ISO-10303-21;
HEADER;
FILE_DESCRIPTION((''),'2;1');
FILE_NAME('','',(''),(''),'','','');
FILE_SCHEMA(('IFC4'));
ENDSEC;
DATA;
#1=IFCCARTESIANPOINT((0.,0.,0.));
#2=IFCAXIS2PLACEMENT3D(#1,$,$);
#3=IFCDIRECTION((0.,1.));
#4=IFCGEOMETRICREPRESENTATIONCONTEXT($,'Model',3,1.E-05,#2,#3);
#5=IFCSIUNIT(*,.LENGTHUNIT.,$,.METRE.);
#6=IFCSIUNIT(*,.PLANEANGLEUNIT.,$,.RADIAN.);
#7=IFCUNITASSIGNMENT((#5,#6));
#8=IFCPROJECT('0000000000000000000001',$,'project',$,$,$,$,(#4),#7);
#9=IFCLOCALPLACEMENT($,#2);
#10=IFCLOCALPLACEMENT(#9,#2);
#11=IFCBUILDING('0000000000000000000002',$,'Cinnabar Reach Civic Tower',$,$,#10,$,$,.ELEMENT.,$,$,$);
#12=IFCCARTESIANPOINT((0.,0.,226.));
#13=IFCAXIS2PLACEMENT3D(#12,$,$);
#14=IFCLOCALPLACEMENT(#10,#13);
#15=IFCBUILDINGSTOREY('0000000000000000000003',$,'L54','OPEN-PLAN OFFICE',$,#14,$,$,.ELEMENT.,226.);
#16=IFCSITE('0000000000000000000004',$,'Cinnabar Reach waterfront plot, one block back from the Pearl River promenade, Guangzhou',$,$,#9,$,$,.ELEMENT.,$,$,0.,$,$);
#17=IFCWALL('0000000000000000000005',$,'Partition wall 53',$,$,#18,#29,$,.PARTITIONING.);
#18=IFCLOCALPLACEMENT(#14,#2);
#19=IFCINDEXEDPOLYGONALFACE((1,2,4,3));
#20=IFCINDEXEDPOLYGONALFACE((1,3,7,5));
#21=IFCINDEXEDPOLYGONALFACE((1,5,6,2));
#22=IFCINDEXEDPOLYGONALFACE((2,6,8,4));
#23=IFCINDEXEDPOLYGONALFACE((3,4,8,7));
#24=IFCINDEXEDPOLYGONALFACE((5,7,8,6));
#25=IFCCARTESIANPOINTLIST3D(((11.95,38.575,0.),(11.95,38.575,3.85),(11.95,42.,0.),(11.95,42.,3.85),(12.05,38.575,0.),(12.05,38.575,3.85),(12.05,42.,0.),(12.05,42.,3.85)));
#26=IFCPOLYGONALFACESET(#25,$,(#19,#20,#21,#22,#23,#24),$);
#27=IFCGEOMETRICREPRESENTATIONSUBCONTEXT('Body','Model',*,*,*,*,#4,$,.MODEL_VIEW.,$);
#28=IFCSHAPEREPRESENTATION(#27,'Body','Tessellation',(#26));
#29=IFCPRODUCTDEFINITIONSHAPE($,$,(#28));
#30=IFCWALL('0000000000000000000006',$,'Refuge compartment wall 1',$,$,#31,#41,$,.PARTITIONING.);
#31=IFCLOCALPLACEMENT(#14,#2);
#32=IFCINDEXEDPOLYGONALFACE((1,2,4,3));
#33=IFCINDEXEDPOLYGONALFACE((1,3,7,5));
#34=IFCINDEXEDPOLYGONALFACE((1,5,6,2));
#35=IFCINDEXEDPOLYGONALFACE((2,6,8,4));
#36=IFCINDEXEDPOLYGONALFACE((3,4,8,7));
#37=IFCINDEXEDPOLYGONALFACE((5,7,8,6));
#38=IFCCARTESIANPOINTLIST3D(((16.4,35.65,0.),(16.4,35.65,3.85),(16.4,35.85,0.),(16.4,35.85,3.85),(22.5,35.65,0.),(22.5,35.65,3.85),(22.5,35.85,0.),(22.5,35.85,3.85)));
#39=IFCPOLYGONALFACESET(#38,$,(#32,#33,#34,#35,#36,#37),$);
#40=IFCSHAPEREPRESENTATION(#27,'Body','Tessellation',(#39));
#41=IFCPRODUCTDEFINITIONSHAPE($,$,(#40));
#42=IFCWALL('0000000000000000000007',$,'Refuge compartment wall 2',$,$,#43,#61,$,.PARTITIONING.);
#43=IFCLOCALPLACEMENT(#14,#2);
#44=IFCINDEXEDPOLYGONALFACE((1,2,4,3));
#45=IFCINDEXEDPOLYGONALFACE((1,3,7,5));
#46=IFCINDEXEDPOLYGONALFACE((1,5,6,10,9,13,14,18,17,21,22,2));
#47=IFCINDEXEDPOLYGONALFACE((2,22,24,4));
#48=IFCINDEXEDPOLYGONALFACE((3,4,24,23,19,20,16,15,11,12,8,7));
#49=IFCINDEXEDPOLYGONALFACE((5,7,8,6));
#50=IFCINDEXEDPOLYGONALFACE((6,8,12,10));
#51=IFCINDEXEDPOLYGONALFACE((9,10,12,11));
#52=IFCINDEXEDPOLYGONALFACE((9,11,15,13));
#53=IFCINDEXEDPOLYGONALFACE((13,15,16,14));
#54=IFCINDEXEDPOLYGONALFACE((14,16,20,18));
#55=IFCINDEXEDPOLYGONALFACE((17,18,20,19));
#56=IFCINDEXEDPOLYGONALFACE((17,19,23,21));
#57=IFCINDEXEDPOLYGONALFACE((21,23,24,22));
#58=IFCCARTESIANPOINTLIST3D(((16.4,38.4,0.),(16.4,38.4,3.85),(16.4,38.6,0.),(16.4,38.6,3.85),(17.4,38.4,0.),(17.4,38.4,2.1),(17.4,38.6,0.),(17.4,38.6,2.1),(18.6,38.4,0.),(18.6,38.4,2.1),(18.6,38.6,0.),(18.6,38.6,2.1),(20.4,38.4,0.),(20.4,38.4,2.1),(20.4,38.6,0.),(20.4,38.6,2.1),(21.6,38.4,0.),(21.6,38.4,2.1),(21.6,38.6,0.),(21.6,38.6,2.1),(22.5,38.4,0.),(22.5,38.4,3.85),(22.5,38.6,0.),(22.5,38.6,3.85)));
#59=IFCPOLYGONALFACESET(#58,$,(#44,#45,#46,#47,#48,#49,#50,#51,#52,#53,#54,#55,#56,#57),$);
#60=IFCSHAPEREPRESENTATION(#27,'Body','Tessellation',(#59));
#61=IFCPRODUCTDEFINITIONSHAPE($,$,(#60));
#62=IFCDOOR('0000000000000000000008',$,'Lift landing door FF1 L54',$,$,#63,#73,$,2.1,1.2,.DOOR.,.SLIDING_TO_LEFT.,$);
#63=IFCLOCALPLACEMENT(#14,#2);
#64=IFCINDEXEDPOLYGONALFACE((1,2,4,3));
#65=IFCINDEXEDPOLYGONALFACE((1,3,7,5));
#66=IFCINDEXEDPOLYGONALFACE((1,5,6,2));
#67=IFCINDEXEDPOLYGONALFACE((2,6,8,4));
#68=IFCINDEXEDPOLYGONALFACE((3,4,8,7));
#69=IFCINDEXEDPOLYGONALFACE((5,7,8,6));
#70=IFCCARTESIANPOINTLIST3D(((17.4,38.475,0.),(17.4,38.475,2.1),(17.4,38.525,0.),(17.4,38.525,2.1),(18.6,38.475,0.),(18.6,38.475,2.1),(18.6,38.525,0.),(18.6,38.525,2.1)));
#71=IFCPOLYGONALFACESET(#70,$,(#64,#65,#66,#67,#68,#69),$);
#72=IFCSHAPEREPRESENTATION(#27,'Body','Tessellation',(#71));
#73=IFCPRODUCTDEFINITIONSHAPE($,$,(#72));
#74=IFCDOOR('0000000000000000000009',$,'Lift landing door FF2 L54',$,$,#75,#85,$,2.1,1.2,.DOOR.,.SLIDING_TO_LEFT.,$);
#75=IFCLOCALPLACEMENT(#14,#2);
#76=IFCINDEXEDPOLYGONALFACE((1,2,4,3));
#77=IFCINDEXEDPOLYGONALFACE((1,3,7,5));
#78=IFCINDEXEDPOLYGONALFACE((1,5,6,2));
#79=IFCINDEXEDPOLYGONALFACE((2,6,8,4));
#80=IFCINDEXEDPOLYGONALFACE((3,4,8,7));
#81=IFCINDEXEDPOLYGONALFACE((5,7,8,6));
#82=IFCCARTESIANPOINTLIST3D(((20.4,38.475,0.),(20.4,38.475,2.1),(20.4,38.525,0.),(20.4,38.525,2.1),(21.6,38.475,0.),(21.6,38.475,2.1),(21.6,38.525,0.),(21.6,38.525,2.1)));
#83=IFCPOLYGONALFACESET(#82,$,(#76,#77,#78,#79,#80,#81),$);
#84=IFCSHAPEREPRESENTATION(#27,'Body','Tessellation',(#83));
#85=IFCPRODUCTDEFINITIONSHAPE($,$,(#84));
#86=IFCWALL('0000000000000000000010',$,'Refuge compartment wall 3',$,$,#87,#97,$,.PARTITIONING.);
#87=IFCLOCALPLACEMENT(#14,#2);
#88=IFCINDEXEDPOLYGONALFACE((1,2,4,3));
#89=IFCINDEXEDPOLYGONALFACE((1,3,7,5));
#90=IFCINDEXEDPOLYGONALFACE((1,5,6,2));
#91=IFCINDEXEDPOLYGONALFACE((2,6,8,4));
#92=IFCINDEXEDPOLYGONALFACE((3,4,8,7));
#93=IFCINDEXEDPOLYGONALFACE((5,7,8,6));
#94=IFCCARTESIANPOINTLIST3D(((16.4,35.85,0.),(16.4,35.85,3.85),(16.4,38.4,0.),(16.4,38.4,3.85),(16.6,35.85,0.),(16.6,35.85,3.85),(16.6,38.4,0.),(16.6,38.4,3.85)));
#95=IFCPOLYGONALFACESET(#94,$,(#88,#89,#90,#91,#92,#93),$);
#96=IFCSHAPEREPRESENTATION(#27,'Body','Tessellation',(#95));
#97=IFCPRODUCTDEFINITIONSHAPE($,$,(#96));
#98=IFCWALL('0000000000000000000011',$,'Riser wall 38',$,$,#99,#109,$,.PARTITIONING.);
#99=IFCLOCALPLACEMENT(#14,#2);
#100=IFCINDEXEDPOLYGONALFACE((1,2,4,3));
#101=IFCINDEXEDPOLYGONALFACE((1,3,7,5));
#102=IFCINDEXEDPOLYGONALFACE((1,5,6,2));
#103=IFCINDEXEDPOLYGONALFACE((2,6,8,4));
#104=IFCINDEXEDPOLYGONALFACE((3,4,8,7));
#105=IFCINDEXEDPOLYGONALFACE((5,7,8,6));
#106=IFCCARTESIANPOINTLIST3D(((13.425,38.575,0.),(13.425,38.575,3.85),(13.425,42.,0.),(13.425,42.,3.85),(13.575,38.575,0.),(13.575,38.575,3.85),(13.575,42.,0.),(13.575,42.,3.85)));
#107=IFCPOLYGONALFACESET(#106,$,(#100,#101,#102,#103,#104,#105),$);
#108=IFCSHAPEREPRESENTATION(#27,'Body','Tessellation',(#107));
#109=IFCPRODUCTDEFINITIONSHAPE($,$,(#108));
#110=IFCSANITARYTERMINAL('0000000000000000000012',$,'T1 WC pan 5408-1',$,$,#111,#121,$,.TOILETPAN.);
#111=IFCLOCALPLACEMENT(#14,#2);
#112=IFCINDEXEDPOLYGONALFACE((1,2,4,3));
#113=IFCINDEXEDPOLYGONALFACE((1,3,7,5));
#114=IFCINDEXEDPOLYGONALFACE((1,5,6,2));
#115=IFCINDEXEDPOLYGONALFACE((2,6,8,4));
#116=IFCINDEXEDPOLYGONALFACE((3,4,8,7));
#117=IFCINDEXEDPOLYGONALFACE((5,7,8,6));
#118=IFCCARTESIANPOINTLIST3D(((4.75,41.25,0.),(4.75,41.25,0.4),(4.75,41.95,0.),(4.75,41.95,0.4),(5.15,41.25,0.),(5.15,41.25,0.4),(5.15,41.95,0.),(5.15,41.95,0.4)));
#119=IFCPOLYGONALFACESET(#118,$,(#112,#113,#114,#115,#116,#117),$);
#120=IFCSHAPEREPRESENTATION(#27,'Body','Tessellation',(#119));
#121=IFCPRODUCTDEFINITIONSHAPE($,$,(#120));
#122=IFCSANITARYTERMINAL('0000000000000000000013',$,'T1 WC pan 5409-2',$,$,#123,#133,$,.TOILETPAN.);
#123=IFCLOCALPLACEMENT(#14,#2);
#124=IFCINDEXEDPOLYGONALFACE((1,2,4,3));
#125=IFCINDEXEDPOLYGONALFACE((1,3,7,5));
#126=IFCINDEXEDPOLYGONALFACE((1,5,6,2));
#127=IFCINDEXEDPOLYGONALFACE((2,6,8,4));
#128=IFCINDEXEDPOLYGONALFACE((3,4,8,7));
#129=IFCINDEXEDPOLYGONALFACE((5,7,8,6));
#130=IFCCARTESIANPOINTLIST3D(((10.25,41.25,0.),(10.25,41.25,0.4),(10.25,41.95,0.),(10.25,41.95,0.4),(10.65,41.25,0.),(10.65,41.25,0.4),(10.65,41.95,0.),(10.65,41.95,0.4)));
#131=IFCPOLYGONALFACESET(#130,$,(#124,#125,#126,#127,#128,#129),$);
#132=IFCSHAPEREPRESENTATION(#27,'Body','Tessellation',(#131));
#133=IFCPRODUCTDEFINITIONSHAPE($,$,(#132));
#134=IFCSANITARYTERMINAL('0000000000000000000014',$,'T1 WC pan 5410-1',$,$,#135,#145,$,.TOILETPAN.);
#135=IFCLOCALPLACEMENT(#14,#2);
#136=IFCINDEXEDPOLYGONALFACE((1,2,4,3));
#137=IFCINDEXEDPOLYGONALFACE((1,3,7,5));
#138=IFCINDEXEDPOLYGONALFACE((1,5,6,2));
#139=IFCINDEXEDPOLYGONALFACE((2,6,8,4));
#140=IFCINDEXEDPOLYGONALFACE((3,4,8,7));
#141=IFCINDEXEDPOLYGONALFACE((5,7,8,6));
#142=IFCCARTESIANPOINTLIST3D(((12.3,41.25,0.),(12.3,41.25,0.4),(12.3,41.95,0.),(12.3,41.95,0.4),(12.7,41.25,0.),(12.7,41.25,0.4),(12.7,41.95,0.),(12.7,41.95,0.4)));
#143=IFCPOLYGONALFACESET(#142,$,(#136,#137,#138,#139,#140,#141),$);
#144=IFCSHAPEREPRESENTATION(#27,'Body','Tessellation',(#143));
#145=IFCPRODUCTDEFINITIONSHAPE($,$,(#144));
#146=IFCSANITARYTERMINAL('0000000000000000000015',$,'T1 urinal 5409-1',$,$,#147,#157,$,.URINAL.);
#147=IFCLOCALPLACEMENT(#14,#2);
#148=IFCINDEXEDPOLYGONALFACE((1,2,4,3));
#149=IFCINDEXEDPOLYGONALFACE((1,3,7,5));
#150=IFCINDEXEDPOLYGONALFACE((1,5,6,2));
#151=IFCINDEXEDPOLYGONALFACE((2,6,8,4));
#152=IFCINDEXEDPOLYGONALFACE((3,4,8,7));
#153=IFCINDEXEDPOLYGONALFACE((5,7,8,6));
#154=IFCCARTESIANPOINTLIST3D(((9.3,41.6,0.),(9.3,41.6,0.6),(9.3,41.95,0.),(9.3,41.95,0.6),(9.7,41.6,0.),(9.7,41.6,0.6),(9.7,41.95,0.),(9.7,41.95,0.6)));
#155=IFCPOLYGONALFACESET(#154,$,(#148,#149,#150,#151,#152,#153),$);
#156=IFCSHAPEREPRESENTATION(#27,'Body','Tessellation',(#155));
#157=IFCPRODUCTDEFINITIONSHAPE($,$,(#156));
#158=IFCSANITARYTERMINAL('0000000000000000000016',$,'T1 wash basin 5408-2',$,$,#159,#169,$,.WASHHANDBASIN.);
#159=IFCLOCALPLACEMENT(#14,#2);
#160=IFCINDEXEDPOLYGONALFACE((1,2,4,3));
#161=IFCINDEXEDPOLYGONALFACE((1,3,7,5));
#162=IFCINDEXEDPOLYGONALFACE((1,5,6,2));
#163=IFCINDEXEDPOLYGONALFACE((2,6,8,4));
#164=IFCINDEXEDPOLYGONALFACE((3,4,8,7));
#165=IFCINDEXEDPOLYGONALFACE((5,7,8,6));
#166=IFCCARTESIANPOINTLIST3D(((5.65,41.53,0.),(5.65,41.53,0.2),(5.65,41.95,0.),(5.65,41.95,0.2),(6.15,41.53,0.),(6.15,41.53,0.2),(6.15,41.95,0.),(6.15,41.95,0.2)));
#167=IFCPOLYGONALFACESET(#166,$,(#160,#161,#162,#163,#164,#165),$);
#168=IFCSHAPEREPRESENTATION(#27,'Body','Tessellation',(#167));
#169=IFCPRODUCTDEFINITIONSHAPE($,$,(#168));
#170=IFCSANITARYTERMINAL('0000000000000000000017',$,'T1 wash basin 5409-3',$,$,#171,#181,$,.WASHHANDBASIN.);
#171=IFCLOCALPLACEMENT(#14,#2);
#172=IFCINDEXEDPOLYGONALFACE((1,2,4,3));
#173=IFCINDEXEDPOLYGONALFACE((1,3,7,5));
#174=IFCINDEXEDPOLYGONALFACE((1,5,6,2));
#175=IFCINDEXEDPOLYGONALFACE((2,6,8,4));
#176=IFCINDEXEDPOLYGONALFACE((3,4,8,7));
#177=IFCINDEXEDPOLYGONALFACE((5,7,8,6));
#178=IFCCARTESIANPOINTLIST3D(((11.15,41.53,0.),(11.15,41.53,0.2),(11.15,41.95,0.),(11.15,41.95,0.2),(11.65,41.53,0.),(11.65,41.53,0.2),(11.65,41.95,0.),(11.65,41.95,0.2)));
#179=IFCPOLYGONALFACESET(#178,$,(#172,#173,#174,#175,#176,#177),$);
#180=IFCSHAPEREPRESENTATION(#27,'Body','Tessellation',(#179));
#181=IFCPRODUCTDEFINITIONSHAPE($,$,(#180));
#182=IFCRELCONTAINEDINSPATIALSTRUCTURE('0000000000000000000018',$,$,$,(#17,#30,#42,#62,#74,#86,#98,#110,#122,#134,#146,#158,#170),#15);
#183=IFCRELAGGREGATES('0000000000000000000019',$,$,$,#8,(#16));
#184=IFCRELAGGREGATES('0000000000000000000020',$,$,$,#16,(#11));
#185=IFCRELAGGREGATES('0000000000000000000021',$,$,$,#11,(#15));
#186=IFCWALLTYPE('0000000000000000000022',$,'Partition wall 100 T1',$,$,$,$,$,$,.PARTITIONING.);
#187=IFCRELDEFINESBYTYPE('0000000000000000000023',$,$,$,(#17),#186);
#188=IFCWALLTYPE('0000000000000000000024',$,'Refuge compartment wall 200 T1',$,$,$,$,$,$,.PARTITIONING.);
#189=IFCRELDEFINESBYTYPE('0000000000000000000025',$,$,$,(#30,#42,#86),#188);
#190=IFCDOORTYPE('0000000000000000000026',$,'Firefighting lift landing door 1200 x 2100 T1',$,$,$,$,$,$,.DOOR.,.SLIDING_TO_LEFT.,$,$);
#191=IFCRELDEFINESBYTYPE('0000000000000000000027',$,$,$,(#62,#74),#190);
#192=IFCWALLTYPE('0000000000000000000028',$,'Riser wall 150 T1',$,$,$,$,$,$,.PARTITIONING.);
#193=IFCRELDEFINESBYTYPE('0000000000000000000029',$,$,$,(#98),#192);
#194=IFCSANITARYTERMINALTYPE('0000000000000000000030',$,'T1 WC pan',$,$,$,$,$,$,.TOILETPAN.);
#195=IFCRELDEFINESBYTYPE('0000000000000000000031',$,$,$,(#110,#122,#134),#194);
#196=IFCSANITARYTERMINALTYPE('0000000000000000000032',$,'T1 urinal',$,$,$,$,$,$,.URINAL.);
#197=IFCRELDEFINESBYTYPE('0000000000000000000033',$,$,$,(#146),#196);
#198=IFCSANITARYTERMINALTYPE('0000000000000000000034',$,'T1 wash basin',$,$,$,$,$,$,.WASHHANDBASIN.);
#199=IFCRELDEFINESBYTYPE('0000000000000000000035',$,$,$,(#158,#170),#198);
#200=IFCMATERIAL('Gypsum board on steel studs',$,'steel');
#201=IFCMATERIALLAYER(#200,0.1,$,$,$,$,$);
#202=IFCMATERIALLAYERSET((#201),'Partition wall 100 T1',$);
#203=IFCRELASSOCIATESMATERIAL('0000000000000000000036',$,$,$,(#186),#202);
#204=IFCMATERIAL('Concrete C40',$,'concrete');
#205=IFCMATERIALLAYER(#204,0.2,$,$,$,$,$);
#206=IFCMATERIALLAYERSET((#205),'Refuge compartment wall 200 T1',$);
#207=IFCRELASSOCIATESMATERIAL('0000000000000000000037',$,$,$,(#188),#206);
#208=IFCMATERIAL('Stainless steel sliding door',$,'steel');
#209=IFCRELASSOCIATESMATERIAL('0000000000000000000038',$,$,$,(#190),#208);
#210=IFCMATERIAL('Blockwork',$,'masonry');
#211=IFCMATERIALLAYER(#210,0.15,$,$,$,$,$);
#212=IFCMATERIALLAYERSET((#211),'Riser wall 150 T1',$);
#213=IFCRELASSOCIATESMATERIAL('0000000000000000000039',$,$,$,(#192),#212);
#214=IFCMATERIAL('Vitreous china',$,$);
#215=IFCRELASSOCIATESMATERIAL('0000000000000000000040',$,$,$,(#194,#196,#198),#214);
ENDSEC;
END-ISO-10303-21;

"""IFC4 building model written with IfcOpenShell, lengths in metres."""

from ifc_helpers import new_model, si_unit, direction, frame, frame_2d, origin, origin_2d, place, context, subcontext, project, spatial, rectangle, extrude, material, layer, layer_set, type_object, element, fill, save


model = new_model("IFC4")

# Units and contexts
model_context = context("Model", 3, precision=1e-05, world=origin(), true_north=direction((0.0, 1.0)))
body_context = subcontext(model_context, "Body", "Model", "MODEL_VIEW")
ifc_project = project(units=[si_unit("LENGTHUNIT", "METRE"), si_unit("PLANEANGLEUNIT", "RADIAN")], contexts=[model_context])

# Site, building, storey
site_placement = place(None, origin())
site = spatial("IfcSite", under=ifc_project, at=site_placement, Name="Cinnabar Reach waterfront plot, one block back from the Pearl River promenade, Guangzhou", CompositionType="ELEMENT", RefElevation=0.0)
building_placement = place(site_placement, origin())
building = spatial("IfcBuilding", under=site, at=building_placement, Name="Cinnabar Reach Civic Tower", CompositionType="ELEMENT")
storey_placement = place(building_placement, frame((0.0, 0.0, 226.0)))
storey = spatial("IfcBuildingStorey", under=building, at=storey_placement, Name="L54", Description="OPEN-PLAN OFFICE", CompositionType="ELEMENT", Elevation=226.0)

# Shared definitions
ifc_material_1 = material(Name="Blockwork", Category="masonry")
ifc_material_2 = material(Name="Stainless steel sliding door", Category="steel")

# Walls
ifc_material_3 = material(Name="Gypsum board on steel studs", Category="steel")
ifc_layer_1 = layer(ifc_material_3, 0.1)
ifc_layer_set_1 = layer_set([ifc_layer_1], Name="Partition wall 100 T1")
wall_type_1 = type_object("IfcWallType", Name="Partition wall 100 T1", PredefinedType="PARTITIONING", material=ifc_layer_set_1)
for number, where, z_axis, x_axis, name in (
    (1, (12.0, 38.575, 0.0), (0.0, 0.0, 1.0), (0.0, 1.0, 0.0), "Partition wall 53"),
):
    element("IfcWall", number, at=place(storey_placement, frame(where, z_axis=z_axis, x_axis=x_axis)), inside=storey, type_object=wall_type_1, Name=name, PredefinedType="PARTITIONING", context=body_context, shape_type="SweptSolid", body=[
        extrude(rectangle(XDim=3.425, YDim=0.1, at=frame_2d((1.7125, 0.0))), origin(), (0.0, 0.0, 1.0), 3.85),
    ])
ifc_material_4 = material(Name="Concrete C40", Category="concrete")
ifc_layer_2 = layer(ifc_material_4, 0.2)
ifc_layer_set_2 = layer_set([ifc_layer_2], Name="Refuge compartment wall 200 T1")
wall_type_2 = type_object("IfcWallType", Name="Refuge compartment wall 200 T1", PredefinedType="PARTITIONING", material=ifc_layer_set_2)
wall_1_placement = place(storey_placement, frame((16.4, 35.75, 0.0), z_axis=(0.0, 0.0, 1.0), x_axis=(1.0, 0.0, 0.0)))
element("IfcWall", 2, at=wall_1_placement, inside=storey, type_object=wall_type_2, Name="Refuge compartment wall 1", PredefinedType="PARTITIONING", context=body_context, shape_type="SweptSolid", body=[
    extrude(rectangle(XDim=6.1, YDim=0.2, at=frame_2d((3.05, 0.0))), origin(), (0.0, 0.0, 1.0), 3.85),
])

# Wall, openings, doors
wall_2_placement = place(storey_placement, frame((16.4, 38.5, 0.0), z_axis=(0.0, 0.0, 1.0), x_axis=(1.0, 0.0, 0.0)))
wall_2 = element("IfcWall", 3, at=wall_2_placement, inside=storey, type_object=wall_type_2, Name="Refuge compartment wall 2", PredefinedType="PARTITIONING", context=body_context, shape_type="SweptSolid", body=[
    extrude(rectangle(XDim=6.1, YDim=0.2, at=frame_2d((3.05, 0.0))), origin(), (0.0, 0.0, 1.0), 3.85),
])
opening_1_placement = place(wall_2_placement, frame((1.0, 0.0, 0.0)))
opening_1 = element("IfcOpeningElement", 4, at=opening_1_placement, cuts=wall_2, PredefinedType="OPENING", context=body_context, shape_type="SweptSolid", body=[
    extrude(rectangle(XDim=1.2, YDim=2.1, at=frame_2d((0.6, 1.05))), frame((0.0, 0.11, 0.0), z_axis=(0.0, -1.0, 0.0), x_axis=(1.0, 0.0, 0.0)), (0.0, 0.0, 1.0), 0.22),
])
opening_2_placement = place(wall_2_placement, frame((4.0, 0.0, 0.0)))
opening_2 = element("IfcOpeningElement", 5, at=opening_2_placement, cuts=wall_2, PredefinedType="OPENING", context=body_context, shape_type="SweptSolid", body=[
    extrude(rectangle(XDim=1.2, YDim=2.1, at=frame_2d((0.6, 1.05))), frame((0.0, 0.11, 0.0), z_axis=(0.0, -1.0, 0.0), x_axis=(1.0, 0.0, 0.0)), (0.0, 0.0, 1.0), 0.22),
])
door_type_1 = type_object("IfcDoorType", Name="Firefighting lift landing door 1200 x 2100 T1", OperationType="SLIDING_TO_LEFT", PredefinedType="DOOR", material=ifc_material_2)
door_1_placement = place(opening_1_placement, origin())
door_1 = element("IfcDoor", 6, at=door_1_placement, inside=storey, type_object=door_type_1, Name="Lift landing door FF1 L54", OperationType="SLIDING_TO_LEFT", OverallHeight=2.1, OverallWidth=1.2, PredefinedType="DOOR", context=body_context, shape_type="SweptSolid", body=[
    extrude(rectangle(XDim=1.2, YDim=2.1, at=frame_2d((0.6, 1.05))), frame((0.0, 0.025, 0.0), z_axis=(0.0, -1.0, 0.0), x_axis=(1.0, 0.0, 0.0)), (0.0, 0.0, 1.0), 0.05),
])
fill(opening_1, door_1)
door_2_placement = place(opening_2_placement, origin())
door_2 = element("IfcDoor", 7, at=door_2_placement, inside=storey, type_object=door_type_1, Name="Lift landing door FF2 L54", OperationType="SLIDING_TO_LEFT", OverallHeight=2.1, OverallWidth=1.2, PredefinedType="DOOR", context=body_context, shape_type="SweptSolid", body=[
    extrude(rectangle(XDim=1.2, YDim=2.1, at=frame_2d((0.6, 1.05))), frame((0.0, 0.025, 0.0), z_axis=(0.0, -1.0, 0.0), x_axis=(1.0, 0.0, 0.0)), (0.0, 0.0, 1.0), 0.05),
])
fill(opening_2, door_2)

# Walls
wall_3_placement = place(storey_placement, frame((16.5, 35.85, 0.0), z_axis=(0.0, 0.0, 1.0), x_axis=(0.0, 1.0, 0.0)))
element("IfcWall", 8, at=wall_3_placement, inside=storey, type_object=wall_type_2, Name="Refuge compartment wall 3", PredefinedType="PARTITIONING", context=body_context, shape_type="SweptSolid", body=[
    extrude(rectangle(XDim=2.55, YDim=0.2, at=frame_2d((1.275, 0.0))), origin(), (0.0, 0.0, 1.0), 3.85),
])
ifc_layer_3 = layer(ifc_material_1, 0.15)
ifc_layer_set_3 = layer_set([ifc_layer_3], Name="Riser wall 150 T1")
wall_type_3 = type_object("IfcWallType", Name="Riser wall 150 T1", PredefinedType="PARTITIONING", material=ifc_layer_set_3)
wall_4_placement = place(storey_placement, frame((13.5, 38.575, 0.0), z_axis=(0.0, 0.0, 1.0), x_axis=(0.0, 1.0, 0.0)))
element("IfcWall", 9, at=wall_4_placement, inside=storey, type_object=wall_type_3, Name="Riser wall 38", PredefinedType="PARTITIONING", context=body_context, shape_type="SweptSolid", body=[
    extrude(rectangle(XDim=3.425, YDim=0.15, at=frame_2d((1.7125, 0.0))), origin(), (0.0, 0.0, 1.0), 3.85),
])

# Sanitary terminals
ifc_material_5 = material(Name="Vitreous china")
sanitary_terminal_type_1 = type_object("IfcSanitaryTerminalType", Name="T1 WC pan", PredefinedType="TOILETPAN", material=ifc_material_5)
for number, where, z_axis, x_axis, name in (
    (10, (4.95, 41.6, 0.0), (0.0, 0.0, 1.0), (1.0, 0.0, 0.0), "T1 WC pan 5408-1"),
    (11, (10.45, 41.6, 0.0), (0.0, 0.0, 1.0), (1.0, 0.0, 0.0), "T1 WC pan 5409-2"),
    (12, (12.5, 41.6, 0.0), (0.0, 0.0, 1.0), (1.0, 0.0, 0.0), "T1 WC pan 5410-1"),
):
    element("IfcSanitaryTerminal", number, at=place(storey_placement, frame(where, z_axis=z_axis, x_axis=x_axis)), inside=storey, type_object=sanitary_terminal_type_1, Name=name, PredefinedType="TOILETPAN", context=body_context, shape_type="SweptSolid", body=[
        extrude(rectangle(XDim=0.4, YDim=0.7, at=origin_2d()), origin(), (0.0, 0.0, 1.0), 0.4),
    ])
sanitary_terminal_type_2 = type_object("IfcSanitaryTerminalType", Name="T1 urinal", PredefinedType="URINAL", material=ifc_material_5)
sanitary_terminal_placement = place(storey_placement, frame((9.5, 41.775, 0.0), z_axis=(0.0, 0.0, 1.0), x_axis=(1.0, 0.0, 0.0)))
element("IfcSanitaryTerminal", 13, at=sanitary_terminal_placement, inside=storey, type_object=sanitary_terminal_type_2, Name="T1 urinal 5409-1", PredefinedType="URINAL", context=body_context, shape_type="SweptSolid", body=[
    extrude(rectangle(XDim=0.4, YDim=0.35, at=origin_2d()), origin(), (0.0, 0.0, 1.0), 0.6),
])
sanitary_terminal_type_3 = type_object("IfcSanitaryTerminalType", Name="T1 wash basin", PredefinedType="WASHHANDBASIN", material=ifc_material_5)
for number, where, z_axis, x_axis, name in (
    (14, (5.9, 41.74, 0.0), (0.0, 0.0, 1.0), (1.0, 0.0, 0.0), "T1 wash basin 5408-2"),
    (15, (11.4, 41.74, 0.0), (0.0, 0.0, 1.0), (1.0, 0.0, 0.0), "T1 wash basin 5409-3"),
):
    element("IfcSanitaryTerminal", number, at=place(storey_placement, frame(where, z_axis=z_axis, x_axis=x_axis)), inside=storey, type_object=sanitary_terminal_type_3, Name=name, PredefinedType="WASHHANDBASIN", context=body_context, shape_type="SweptSolid", body=[
        extrude(rectangle(XDim=0.5, YDim=0.42, at=origin_2d()), origin(), (0.0, 0.0, 1.0), 0.2),
    ])

save(model, "model.ifc")
